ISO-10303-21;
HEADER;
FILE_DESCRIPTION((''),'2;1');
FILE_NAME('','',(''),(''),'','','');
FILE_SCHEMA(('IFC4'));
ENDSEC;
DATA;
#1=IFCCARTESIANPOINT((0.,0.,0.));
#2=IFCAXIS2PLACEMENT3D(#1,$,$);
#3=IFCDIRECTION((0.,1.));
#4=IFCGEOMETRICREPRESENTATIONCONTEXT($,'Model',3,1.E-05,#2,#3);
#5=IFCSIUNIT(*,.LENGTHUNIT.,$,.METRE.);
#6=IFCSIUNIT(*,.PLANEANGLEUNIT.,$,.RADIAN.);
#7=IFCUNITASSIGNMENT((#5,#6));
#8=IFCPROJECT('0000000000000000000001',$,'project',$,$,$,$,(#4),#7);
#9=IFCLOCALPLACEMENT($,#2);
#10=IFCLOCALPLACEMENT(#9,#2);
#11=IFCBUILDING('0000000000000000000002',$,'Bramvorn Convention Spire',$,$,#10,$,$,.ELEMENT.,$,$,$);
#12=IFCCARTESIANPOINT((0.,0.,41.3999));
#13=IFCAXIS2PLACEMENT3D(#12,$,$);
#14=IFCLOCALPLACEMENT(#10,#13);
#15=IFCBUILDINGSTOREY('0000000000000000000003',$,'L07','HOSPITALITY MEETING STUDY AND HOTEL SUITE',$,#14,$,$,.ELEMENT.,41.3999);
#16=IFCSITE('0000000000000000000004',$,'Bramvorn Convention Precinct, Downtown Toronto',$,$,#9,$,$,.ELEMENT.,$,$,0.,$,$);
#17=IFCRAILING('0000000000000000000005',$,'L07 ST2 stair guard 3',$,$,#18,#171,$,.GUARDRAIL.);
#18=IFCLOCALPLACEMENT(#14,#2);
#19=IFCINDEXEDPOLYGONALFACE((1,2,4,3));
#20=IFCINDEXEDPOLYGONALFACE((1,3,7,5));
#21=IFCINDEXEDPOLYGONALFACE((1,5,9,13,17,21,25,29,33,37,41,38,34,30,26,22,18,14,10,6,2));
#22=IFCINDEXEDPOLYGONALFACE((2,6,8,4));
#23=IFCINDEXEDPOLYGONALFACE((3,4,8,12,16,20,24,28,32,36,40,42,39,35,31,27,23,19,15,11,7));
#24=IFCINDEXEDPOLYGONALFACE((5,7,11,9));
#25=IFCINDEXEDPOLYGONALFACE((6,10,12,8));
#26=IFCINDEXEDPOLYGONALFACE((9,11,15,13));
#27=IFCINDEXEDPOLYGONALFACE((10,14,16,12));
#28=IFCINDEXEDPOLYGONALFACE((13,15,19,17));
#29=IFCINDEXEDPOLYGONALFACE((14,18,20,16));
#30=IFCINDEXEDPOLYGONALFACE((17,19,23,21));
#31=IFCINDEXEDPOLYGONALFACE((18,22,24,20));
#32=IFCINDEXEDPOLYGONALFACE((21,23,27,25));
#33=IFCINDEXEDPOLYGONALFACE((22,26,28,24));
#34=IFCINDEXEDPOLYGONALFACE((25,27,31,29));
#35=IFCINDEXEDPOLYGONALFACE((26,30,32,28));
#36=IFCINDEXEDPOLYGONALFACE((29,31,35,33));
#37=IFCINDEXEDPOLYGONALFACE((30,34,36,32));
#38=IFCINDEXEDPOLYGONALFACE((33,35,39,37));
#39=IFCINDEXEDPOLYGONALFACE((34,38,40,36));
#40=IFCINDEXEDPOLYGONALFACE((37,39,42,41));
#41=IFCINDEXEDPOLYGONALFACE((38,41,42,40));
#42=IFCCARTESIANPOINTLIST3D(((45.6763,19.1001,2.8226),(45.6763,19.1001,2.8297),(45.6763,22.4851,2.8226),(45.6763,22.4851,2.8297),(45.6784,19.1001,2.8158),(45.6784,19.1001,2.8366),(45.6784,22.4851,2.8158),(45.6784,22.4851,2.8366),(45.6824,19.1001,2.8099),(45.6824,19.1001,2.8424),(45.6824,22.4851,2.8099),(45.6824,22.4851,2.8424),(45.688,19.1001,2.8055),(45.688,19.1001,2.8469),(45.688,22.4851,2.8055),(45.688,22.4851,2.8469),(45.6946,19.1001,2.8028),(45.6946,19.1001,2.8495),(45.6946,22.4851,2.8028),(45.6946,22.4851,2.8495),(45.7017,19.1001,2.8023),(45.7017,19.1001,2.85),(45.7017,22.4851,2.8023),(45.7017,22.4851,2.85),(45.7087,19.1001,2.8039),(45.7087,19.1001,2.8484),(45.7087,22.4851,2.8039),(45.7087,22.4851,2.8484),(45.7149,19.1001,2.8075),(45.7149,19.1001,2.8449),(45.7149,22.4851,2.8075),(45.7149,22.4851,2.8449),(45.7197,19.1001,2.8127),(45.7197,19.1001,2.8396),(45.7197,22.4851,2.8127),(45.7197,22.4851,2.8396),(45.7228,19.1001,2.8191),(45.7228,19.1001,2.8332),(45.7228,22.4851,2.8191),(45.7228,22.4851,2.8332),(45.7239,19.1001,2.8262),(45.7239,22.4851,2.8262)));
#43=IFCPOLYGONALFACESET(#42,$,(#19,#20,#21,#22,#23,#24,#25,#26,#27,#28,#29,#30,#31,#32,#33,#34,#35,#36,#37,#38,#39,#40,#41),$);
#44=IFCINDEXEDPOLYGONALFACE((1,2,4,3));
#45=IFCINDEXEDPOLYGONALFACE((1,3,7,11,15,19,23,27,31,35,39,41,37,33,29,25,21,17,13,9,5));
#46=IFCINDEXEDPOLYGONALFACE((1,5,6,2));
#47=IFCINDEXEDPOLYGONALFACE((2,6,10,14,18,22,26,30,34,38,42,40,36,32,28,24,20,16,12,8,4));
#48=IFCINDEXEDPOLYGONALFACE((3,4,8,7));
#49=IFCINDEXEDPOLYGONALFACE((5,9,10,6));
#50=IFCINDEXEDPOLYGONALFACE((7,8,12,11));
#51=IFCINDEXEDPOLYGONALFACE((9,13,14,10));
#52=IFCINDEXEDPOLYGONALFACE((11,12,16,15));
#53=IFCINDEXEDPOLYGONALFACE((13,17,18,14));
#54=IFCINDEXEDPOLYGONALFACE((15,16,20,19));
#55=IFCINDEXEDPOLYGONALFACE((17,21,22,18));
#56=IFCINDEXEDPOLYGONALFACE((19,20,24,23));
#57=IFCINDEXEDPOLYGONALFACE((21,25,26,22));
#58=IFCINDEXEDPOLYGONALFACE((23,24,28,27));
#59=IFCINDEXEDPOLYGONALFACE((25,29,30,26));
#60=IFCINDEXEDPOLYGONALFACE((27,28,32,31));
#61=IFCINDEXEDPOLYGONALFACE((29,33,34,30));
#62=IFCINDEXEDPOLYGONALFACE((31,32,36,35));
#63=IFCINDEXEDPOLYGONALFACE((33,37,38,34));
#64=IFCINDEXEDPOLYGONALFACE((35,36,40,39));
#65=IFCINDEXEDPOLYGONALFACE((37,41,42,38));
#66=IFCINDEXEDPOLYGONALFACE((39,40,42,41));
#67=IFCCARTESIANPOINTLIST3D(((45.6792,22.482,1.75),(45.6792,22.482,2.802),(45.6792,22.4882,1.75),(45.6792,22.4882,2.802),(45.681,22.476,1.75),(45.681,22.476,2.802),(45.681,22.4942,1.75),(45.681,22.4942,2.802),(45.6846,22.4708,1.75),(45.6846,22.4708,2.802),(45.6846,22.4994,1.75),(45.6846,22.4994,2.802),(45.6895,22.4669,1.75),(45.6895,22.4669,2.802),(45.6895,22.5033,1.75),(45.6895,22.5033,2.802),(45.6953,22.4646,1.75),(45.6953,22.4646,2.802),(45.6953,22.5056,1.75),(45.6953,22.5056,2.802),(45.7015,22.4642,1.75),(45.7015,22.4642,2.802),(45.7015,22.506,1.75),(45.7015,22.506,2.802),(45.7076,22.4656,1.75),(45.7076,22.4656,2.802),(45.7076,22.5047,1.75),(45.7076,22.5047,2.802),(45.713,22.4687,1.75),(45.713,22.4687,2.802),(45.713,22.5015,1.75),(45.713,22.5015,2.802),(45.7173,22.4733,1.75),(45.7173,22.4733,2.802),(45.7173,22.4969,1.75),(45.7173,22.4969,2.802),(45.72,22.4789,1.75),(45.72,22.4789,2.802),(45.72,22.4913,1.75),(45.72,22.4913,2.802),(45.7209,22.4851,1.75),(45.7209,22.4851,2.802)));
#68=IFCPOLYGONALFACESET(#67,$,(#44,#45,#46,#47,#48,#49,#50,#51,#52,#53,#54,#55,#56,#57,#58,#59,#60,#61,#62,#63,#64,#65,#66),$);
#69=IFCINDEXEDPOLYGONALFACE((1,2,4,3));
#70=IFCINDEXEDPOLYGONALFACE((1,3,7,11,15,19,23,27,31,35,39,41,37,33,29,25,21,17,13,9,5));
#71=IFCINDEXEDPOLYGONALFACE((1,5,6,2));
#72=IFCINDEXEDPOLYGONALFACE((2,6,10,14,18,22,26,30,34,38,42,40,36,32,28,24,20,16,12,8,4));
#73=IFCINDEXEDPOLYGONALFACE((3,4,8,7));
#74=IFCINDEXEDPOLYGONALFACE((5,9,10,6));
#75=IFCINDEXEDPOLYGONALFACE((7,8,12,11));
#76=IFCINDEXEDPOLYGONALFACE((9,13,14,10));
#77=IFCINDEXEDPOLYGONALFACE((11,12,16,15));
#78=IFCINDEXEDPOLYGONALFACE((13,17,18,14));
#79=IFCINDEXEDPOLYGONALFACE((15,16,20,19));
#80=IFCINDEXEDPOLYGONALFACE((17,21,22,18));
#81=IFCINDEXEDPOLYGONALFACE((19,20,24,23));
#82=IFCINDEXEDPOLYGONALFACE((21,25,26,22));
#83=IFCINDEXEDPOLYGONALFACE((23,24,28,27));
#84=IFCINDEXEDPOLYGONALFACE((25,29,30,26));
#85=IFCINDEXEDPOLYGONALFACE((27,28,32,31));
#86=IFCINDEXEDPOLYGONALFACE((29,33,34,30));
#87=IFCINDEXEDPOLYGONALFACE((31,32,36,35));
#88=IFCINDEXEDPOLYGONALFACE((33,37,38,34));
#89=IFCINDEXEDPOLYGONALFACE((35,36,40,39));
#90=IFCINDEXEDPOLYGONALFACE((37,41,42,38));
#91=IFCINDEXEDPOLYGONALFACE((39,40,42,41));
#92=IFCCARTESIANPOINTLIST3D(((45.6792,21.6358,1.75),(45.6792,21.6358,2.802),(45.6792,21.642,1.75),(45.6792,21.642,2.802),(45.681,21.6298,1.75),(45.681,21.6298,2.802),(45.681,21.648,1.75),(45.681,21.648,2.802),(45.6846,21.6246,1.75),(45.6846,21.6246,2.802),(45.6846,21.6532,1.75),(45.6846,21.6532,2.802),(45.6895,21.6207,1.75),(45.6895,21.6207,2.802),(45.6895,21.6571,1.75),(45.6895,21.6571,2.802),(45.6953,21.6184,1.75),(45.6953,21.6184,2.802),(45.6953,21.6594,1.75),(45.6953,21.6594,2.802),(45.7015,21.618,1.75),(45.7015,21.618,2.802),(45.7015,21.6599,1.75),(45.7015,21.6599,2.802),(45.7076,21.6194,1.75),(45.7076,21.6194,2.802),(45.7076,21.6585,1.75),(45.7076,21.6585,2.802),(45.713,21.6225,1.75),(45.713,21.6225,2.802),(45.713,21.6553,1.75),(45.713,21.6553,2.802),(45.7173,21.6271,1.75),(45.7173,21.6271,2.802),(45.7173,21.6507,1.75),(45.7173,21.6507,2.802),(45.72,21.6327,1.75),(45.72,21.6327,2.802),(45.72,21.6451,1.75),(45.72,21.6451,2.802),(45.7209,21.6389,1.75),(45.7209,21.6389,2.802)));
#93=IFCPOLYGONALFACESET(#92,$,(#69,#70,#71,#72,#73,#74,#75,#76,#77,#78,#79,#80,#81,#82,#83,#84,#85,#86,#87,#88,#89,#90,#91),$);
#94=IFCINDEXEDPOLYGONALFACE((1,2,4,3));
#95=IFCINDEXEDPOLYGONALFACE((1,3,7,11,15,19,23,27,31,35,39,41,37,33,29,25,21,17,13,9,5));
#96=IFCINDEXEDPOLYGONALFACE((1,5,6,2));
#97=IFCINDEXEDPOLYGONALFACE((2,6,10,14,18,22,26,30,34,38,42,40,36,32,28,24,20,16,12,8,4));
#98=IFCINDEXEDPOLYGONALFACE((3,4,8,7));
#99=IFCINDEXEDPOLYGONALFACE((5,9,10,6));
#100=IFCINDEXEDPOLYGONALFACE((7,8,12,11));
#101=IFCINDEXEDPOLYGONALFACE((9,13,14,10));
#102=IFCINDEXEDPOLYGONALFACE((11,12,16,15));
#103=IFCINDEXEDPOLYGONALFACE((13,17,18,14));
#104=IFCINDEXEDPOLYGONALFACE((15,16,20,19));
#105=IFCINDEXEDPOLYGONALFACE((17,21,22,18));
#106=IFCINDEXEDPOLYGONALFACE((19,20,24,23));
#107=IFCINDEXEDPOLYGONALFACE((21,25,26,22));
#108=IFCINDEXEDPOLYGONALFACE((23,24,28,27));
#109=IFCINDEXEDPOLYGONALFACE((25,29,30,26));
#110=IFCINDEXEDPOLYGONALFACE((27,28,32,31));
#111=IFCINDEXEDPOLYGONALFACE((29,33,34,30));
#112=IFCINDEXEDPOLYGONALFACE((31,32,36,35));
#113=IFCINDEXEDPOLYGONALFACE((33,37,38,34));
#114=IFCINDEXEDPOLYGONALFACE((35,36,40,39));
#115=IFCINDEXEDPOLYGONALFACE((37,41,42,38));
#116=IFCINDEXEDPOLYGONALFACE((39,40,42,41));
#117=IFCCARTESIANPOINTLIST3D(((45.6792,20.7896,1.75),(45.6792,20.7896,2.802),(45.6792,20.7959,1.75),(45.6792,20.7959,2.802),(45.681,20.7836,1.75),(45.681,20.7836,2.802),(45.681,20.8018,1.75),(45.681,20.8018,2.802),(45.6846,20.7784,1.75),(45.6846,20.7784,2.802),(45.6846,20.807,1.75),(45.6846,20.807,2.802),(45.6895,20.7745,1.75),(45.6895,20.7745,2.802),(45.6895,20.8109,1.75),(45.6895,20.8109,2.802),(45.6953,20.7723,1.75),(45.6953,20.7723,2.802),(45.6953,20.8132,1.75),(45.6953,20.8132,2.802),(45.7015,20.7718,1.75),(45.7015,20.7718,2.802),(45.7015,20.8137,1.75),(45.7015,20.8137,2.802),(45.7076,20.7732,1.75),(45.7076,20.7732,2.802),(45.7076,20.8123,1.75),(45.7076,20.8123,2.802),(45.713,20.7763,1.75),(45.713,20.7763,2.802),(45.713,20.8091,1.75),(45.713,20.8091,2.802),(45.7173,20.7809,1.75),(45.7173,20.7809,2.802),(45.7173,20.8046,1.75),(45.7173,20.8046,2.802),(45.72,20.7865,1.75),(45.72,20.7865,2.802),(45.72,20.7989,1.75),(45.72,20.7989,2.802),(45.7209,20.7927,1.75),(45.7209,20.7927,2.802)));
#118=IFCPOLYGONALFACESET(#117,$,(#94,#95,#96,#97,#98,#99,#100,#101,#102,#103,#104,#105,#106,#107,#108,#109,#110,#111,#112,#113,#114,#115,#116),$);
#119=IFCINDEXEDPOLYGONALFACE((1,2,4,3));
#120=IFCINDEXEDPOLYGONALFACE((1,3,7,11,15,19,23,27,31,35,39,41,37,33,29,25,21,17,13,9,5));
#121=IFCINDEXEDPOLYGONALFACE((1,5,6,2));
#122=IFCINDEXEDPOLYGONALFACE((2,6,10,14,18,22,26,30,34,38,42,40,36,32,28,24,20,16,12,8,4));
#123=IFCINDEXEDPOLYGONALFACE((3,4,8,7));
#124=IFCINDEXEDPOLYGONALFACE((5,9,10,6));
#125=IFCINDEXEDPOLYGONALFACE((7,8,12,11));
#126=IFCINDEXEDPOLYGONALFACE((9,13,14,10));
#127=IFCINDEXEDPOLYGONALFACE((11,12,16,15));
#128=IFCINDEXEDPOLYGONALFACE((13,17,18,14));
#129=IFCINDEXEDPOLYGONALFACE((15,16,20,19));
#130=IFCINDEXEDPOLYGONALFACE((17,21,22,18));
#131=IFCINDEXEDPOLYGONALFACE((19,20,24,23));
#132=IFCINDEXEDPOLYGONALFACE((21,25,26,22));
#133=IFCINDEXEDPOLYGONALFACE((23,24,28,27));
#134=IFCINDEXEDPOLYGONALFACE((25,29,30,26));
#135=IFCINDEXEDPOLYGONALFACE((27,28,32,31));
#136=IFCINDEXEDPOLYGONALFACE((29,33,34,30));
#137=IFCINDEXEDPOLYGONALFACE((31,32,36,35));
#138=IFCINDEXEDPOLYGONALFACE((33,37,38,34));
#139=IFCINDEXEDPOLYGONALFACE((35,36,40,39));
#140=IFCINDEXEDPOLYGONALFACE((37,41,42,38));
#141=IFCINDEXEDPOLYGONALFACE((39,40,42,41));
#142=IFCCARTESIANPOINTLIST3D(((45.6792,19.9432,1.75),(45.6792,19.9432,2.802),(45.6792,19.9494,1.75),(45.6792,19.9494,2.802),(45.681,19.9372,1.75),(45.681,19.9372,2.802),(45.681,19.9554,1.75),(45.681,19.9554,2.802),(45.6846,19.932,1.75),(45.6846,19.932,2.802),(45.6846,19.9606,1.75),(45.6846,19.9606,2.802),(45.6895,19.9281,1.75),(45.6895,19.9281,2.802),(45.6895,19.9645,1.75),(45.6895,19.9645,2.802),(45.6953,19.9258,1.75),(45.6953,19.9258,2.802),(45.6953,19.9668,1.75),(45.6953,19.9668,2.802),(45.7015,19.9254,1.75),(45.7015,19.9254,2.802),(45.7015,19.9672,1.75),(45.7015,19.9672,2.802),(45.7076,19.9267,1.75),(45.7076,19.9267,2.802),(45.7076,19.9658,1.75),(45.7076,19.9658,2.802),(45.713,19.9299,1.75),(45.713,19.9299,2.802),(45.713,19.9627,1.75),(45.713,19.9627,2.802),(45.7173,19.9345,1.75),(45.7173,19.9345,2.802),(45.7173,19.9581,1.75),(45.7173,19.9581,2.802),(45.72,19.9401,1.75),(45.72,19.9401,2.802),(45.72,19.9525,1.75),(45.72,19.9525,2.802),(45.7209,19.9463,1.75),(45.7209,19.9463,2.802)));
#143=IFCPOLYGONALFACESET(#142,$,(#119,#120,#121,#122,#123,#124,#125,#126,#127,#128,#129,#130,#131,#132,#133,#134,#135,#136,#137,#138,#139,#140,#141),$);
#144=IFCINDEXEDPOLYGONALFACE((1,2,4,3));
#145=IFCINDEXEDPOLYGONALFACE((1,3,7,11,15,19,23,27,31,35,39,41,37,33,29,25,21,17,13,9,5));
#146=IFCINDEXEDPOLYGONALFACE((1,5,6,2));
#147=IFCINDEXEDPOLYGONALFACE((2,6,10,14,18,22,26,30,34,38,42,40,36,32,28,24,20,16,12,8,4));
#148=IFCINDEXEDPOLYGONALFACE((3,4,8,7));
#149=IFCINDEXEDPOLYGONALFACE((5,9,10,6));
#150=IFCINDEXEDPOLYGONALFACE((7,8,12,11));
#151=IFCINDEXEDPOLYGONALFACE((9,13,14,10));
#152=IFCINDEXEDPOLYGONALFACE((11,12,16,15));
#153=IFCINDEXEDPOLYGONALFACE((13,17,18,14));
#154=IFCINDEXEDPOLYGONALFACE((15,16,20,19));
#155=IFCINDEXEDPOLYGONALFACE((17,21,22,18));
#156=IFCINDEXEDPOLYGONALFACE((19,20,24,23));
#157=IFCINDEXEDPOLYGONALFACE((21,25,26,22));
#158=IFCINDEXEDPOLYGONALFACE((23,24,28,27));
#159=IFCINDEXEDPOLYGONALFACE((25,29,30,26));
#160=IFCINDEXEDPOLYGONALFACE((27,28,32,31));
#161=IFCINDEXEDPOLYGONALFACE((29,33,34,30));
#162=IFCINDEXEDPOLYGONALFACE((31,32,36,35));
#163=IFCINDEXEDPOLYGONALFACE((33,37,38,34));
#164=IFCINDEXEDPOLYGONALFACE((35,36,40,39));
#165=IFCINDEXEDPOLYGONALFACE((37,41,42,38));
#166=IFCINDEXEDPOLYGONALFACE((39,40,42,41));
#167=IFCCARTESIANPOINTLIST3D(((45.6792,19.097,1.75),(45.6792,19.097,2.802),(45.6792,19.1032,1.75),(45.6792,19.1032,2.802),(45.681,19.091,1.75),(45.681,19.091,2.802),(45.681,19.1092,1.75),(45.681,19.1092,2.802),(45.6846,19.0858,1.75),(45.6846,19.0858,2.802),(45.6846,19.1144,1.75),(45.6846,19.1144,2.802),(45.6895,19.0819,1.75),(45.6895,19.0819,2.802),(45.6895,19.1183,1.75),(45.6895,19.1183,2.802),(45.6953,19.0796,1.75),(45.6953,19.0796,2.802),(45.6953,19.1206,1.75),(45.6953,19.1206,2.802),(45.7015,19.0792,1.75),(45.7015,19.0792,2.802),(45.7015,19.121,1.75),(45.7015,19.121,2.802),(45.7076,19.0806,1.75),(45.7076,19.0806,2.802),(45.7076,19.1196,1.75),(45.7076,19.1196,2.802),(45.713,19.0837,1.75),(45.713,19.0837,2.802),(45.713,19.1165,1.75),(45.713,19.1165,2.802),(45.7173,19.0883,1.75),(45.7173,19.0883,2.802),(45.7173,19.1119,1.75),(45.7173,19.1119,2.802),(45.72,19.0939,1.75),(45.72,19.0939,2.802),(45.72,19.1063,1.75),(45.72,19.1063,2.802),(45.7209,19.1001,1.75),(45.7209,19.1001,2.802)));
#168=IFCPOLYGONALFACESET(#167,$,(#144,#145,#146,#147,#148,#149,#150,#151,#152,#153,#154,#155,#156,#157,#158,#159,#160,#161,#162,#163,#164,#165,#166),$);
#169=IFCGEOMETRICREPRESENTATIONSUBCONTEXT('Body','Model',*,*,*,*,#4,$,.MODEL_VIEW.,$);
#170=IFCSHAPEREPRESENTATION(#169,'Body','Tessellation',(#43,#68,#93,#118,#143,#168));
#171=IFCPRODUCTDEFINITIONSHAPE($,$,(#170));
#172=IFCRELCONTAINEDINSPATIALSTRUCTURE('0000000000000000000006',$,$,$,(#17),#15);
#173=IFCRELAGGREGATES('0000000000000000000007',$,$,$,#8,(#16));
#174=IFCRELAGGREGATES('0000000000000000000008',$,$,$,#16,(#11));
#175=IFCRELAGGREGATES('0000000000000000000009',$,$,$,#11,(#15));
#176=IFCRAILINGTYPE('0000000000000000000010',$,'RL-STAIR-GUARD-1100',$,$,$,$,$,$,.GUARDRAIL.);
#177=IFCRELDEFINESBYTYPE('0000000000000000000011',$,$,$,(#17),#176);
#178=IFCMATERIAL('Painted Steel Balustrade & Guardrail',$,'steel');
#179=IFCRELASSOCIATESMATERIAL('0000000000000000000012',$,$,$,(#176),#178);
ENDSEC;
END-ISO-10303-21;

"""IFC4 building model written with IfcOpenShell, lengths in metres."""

from ifc_helpers import new_model, si_unit, direction, frame, origin, origin_2d, place, context, subcontext, project, spatial, circle, extrude, material, type_object, element, save


model = new_model("IFC4")

# Units and contexts
model_context = context("Model", 3, precision=1e-05, world=origin(), true_north=direction((0.0, 1.0)))
body_context = subcontext(model_context, "Body", "Model", "MODEL_VIEW")
ifc_project = project(units=[si_unit("LENGTHUNIT", "METRE"), si_unit("PLANEANGLEUNIT", "RADIAN")], contexts=[model_context])

# Site, building, storey
site_placement = place(None, origin())
site = spatial("IfcSite", under=ifc_project, at=site_placement, Name="Bramvorn Convention Precinct, Downtown Toronto", CompositionType="ELEMENT", RefElevation=0.0)
building_placement = place(site_placement, origin())
building = spatial("IfcBuilding", under=site, at=building_placement, Name="Bramvorn Convention Spire", CompositionType="ELEMENT")
storey_placement = place(building_placement, frame((0.0, 0.0, 41.3999)))
storey = spatial("IfcBuildingStorey", under=building, at=storey_placement, Name="L07", Description="HOSPITALITY MEETING STUDY AND HOTEL SUITE", CompositionType="ELEMENT", Elevation=41.3999)

# Railing
ifc_material_1 = material(Name="Painted Steel Balustrade & Guardrail", Category="steel")
railing_type_1 = type_object("IfcRailingType", Name="RL-STAIR-GUARD-1100", PredefinedType="GUARDRAIL", material=ifc_material_1)
railing_1_placement = place(storey_placement, frame((45.7, 22.4851, 1.75)))
element("IfcRailing", 1, at=railing_1_placement, inside=storey, type_object=railing_type_1, Name="L07 ST2 stair guard 3", PredefinedType="GUARDRAIL", context=body_context, shape_type="SweptSolid", body=[
    extrude(circle(Radius=0.0239, at=origin_2d()), frame((0.0, 0.0, 1.0762), z_axis=(0.0, -1.0, 0.0), x_axis=(1.0, 0.0, 0.0)), (0.0, 0.0, 1.0), 3.385),
    extrude(circle(Radius=0.021, at=origin_2d()), origin(), (0.0, 0.0, 1.0), 1.052),
    extrude(circle(Radius=0.021, at=origin_2d()), frame((0.0, -0.8462, 0.0)), (0.0, 0.0, 1.0), 1.052),
    extrude(circle(Radius=0.021, at=origin_2d()), frame((0.0, -1.6924, 0.0)), (0.0, 0.0, 1.0), 1.052),
    extrude(circle(Radius=0.021, at=origin_2d()), frame((0.0, -2.5388, 0.0)), (0.0, 0.0, 1.0), 1.052),
    extrude(circle(Radius=0.021, at=origin_2d()), frame((0.0, -3.385, 0.0)), (0.0, 0.0, 1.0), 1.052),
])

save(model, "model.ifc")
